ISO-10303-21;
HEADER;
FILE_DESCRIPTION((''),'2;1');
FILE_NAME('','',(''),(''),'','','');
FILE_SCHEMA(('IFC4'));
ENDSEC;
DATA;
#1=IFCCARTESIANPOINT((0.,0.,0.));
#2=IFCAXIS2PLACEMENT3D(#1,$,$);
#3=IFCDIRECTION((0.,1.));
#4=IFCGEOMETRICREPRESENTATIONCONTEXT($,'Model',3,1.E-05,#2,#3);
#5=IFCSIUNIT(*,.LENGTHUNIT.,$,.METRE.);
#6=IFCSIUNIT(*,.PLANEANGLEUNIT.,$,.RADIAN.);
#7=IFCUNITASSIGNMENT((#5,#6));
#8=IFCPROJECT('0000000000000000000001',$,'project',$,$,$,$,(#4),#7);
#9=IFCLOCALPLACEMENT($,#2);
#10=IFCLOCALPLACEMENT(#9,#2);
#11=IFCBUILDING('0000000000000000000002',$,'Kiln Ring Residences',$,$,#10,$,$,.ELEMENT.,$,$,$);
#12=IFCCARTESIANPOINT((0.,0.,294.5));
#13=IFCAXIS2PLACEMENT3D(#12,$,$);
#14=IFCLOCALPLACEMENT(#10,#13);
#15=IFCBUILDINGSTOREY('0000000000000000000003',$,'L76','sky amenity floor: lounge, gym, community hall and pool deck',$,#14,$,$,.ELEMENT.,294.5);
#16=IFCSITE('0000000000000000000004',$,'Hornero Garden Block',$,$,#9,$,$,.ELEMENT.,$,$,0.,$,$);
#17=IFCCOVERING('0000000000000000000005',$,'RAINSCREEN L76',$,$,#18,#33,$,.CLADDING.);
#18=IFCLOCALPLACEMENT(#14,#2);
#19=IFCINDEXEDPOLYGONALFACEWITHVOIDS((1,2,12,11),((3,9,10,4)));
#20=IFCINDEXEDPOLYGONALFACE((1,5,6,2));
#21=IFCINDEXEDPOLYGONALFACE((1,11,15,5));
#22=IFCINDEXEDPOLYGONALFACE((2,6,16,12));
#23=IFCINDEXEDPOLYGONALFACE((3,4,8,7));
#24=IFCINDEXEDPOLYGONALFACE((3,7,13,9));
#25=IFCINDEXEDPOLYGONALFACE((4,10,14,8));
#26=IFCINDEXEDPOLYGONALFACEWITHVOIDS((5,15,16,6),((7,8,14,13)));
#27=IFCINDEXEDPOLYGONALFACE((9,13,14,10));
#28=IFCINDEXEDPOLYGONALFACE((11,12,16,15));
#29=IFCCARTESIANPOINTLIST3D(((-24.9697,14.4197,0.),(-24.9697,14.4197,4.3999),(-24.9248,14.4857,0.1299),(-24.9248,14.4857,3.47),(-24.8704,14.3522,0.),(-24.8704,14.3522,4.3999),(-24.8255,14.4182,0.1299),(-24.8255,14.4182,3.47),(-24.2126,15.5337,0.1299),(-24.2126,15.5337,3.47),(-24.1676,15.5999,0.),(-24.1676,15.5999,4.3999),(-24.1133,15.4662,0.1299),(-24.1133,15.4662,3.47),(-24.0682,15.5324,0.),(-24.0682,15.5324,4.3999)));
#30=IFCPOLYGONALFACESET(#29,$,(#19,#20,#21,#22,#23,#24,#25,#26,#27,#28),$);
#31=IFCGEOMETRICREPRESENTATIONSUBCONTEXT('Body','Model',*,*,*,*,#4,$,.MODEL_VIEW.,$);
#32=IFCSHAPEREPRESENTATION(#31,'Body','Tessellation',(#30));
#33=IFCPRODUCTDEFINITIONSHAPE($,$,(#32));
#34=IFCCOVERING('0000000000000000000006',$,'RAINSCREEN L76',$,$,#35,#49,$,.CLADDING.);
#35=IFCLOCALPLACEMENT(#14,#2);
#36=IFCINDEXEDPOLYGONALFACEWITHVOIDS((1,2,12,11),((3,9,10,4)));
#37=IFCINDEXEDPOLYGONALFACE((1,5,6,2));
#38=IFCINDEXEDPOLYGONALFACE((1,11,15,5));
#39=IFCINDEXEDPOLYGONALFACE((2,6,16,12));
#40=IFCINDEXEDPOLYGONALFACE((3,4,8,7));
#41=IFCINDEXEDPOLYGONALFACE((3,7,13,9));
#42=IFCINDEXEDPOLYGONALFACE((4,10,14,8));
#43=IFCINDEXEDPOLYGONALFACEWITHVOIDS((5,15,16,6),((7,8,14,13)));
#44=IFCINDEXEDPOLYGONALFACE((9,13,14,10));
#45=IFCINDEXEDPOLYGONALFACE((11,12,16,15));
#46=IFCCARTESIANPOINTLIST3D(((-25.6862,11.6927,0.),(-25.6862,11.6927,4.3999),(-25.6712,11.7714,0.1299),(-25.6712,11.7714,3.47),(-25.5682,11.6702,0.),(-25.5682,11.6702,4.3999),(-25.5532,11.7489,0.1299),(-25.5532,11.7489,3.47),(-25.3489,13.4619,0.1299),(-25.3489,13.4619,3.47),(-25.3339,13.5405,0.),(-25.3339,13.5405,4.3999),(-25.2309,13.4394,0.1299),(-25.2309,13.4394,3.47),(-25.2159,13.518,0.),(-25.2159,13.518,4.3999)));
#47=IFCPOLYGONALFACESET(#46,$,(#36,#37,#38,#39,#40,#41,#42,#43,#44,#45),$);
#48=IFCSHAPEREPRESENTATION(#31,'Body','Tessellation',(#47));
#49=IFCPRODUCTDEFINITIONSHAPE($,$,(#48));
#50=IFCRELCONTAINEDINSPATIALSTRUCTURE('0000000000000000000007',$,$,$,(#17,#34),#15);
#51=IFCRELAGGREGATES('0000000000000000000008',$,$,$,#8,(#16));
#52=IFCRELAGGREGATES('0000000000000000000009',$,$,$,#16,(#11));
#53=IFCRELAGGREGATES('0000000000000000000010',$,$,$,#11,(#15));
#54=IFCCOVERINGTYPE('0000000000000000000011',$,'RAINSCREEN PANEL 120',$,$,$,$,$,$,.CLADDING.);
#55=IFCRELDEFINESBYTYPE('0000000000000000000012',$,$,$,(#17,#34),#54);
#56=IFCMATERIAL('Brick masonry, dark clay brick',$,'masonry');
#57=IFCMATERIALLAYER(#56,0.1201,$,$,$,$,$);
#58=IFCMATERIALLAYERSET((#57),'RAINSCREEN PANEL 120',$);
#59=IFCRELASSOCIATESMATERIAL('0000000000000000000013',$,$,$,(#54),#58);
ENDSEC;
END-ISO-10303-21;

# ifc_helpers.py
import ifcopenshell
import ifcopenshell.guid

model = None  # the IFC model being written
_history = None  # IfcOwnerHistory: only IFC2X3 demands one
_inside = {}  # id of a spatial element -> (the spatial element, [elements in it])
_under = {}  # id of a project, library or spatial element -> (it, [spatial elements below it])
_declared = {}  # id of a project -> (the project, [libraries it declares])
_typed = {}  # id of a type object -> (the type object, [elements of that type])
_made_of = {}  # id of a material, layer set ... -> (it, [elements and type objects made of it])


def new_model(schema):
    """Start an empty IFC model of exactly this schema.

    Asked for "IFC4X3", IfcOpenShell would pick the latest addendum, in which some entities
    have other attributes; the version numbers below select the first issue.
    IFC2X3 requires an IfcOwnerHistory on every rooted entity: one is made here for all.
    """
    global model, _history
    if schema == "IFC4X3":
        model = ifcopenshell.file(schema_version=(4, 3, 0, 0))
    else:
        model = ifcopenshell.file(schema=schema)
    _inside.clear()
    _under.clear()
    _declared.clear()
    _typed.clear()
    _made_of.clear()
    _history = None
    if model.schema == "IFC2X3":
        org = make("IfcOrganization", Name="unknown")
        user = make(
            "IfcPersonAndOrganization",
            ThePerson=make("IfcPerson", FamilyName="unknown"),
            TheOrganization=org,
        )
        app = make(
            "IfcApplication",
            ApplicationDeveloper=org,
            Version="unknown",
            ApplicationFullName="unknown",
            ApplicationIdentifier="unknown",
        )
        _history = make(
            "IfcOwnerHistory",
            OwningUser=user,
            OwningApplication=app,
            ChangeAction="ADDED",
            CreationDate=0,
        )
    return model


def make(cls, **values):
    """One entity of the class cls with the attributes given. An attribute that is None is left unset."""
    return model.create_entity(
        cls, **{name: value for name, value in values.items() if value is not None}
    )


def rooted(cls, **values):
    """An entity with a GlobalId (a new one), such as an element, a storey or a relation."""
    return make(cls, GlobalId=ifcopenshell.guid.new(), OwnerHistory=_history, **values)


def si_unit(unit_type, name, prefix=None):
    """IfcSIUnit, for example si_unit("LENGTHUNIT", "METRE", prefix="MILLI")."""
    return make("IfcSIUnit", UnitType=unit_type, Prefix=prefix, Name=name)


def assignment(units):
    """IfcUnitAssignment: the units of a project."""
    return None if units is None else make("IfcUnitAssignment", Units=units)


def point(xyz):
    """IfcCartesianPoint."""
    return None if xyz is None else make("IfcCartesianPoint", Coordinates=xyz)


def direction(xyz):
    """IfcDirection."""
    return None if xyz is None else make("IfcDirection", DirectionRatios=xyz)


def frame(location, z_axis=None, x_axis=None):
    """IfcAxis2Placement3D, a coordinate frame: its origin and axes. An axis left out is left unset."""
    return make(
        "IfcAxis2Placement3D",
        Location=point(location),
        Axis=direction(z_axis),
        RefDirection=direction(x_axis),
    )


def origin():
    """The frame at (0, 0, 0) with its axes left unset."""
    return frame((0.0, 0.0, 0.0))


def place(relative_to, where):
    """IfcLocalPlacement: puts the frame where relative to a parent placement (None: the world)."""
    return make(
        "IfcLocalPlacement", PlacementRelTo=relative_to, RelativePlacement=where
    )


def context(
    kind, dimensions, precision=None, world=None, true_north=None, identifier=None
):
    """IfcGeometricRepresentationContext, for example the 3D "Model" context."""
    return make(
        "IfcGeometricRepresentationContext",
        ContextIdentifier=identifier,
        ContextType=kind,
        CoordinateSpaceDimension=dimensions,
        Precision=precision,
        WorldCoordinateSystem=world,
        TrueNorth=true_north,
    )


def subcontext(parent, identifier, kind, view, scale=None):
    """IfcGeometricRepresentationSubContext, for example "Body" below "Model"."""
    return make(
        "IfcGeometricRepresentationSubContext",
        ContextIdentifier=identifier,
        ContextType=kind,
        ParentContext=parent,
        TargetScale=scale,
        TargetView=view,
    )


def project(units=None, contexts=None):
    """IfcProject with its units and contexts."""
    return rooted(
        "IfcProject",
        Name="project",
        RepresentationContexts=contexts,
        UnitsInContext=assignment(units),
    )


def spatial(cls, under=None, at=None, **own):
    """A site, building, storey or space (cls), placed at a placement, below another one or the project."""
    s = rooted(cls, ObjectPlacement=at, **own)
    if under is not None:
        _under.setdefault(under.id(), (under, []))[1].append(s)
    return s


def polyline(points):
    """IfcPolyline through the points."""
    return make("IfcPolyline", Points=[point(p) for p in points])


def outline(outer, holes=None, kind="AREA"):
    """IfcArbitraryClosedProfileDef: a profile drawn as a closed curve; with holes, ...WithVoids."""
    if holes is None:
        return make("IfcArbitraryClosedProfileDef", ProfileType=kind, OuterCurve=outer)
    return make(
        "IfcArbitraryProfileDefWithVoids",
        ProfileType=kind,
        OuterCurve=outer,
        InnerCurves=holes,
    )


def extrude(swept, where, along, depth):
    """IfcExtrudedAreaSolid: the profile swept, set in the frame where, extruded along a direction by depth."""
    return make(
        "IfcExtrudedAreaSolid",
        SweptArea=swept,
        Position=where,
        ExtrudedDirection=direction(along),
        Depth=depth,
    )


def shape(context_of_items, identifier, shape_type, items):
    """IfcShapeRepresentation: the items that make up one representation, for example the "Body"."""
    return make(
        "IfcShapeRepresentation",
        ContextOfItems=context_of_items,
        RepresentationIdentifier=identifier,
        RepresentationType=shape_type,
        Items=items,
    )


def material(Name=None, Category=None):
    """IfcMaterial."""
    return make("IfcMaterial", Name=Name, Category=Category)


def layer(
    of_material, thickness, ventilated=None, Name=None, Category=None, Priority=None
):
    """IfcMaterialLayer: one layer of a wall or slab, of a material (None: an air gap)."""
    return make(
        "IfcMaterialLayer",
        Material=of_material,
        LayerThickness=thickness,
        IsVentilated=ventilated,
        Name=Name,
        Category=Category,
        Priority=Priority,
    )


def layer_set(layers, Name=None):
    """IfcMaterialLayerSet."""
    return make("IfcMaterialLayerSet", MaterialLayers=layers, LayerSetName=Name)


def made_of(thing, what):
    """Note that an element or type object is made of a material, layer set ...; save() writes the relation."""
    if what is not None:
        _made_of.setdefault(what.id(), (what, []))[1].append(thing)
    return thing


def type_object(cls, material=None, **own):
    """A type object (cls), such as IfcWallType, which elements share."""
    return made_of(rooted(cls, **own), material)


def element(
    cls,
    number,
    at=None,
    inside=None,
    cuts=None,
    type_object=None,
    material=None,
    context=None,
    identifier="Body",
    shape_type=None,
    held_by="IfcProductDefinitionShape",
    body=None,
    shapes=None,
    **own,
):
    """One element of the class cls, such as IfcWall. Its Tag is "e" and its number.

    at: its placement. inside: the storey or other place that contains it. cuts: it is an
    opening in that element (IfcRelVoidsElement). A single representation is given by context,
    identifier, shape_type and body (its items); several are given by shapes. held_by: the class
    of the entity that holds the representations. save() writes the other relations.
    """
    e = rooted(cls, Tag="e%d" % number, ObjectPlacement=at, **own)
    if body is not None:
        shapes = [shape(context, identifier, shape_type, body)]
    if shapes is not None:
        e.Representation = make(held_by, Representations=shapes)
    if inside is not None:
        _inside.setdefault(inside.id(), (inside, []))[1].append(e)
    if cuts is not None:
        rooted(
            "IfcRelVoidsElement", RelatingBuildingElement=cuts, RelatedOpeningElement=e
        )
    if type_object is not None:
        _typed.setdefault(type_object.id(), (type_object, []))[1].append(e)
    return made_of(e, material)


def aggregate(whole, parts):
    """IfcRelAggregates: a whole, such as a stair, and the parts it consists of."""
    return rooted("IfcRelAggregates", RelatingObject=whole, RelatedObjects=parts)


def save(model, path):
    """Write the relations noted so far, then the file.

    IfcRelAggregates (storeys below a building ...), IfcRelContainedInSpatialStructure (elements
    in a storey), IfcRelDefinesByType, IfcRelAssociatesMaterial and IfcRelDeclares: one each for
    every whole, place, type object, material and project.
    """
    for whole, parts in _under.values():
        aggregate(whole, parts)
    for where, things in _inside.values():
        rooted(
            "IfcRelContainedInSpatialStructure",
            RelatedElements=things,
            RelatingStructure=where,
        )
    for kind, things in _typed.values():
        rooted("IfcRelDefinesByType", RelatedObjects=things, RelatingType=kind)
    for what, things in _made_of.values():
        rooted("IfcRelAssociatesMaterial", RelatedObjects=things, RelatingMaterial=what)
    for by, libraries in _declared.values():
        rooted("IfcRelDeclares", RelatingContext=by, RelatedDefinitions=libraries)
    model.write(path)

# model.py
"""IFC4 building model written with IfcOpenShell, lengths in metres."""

from ifc_helpers import new_model, si_unit, direction, frame, origin, place, context, subcontext, project, spatial, polyline, outline, extrude, material, layer, layer_set, type_object, element, save


model = new_model("IFC4")

# Units and contexts
model_context = context("Model", 3, precision=1e-05, world=origin(), true_north=direction((0.0, 1.0)))
body_context = subcontext(model_context, "Body", "Model", "MODEL_VIEW")
ifc_project = project(units=[si_unit("LENGTHUNIT", "METRE"), si_unit("PLANEANGLEUNIT", "RADIAN")], contexts=[model_context])

# Site, building, storey
site_placement = place(None, origin())
site = spatial("IfcSite", under=ifc_project, at=site_placement, Name="Hornero Garden Block", CompositionType="ELEMENT", RefElevation=0.0)
building_placement = place(site_placement, origin())
building = spatial("IfcBuilding", under=site, at=building_placement, Name="Kiln Ring Residences", CompositionType="ELEMENT")
storey_placement = place(building_placement, frame((0.0, 0.0, 294.5)))
storey = spatial("IfcBuildingStorey", under=building, at=storey_placement, Name="L76", Description="sky amenity floor: lounge, gym, community hall and pool deck", CompositionType="ELEMENT", Elevation=294.5)

# Coverings
ifc_material_1 = material(Name="Brick masonry, dark clay brick", Category="masonry")
ifc_layer_1 = layer(ifc_material_1, 0.1201)
ifc_layer_set_1 = layer_set([ifc_layer_1], Name="RAINSCREEN PANEL 120")
covering_type = type_object("IfcCoveringType", Name="RAINSCREEN PANEL 120", PredefinedType="CLADDING", material=ifc_layer_set_1)
covering_1_placement = place(storey_placement, frame((-24.1179, 15.5662, 0.0), z_axis=(0.0, 0.0, 1.0), x_axis=(-0.562099, -0.82707, 0.0)))
element("IfcCovering", 1, at=covering_1_placement, inside=storey, type_object=covering_type, Name="RAINSCREEN L76", PredefinedType="CLADDING", context=body_context, shape_type="SweptSolid", body=[
    extrude(outline(polyline([(0.0, 0.0), (1.427, 0.0), (1.427, 4.3999), (0.0, 4.3999), (0.0, 0.0)]), holes=[polyline([(0.0801, 3.47), (0.0801, 0.1299), (1.3472, 0.1299), (1.3472, 3.47), (0.0801, 3.47)])]), frame((0.0, 0.0601, 0.0), z_axis=(0.0, -1.0, 0.0), x_axis=(1.0, 0.0, 0.0)), (0.0, 0.0, 1.0), 0.1201),
])
covering_2_placement = place(storey_placement, frame((-25.2749, 13.5293, 0.0), z_axis=(0.0, 0.0, 1.0), x_axis=(-0.187273, -0.982308, 0.0)))
element("IfcCovering", 2, at=covering_2_placement, inside=storey, type_object=covering_type, Name="RAINSCREEN L76", PredefinedType="CLADDING", context=body_context, shape_type="SweptSolid", body=[
    extrude(outline(polyline([(0.0, 0.0), (1.8811, 0.0), (1.8811, 4.3999), (0.0, 4.3999), (0.0, 0.0)]), holes=[polyline([(0.0801, 3.47), (0.0801, 0.1299), (1.801, 0.1299), (1.801, 3.47), (0.0801, 3.47)])]), frame((0.0, 0.0601, 0.0), z_axis=(0.0, -1.0, 0.0), x_axis=(1.0, 0.0, 0.0)), (0.0, 0.0, 1.0), 0.1201),
])

save(model, "model.ifc")
